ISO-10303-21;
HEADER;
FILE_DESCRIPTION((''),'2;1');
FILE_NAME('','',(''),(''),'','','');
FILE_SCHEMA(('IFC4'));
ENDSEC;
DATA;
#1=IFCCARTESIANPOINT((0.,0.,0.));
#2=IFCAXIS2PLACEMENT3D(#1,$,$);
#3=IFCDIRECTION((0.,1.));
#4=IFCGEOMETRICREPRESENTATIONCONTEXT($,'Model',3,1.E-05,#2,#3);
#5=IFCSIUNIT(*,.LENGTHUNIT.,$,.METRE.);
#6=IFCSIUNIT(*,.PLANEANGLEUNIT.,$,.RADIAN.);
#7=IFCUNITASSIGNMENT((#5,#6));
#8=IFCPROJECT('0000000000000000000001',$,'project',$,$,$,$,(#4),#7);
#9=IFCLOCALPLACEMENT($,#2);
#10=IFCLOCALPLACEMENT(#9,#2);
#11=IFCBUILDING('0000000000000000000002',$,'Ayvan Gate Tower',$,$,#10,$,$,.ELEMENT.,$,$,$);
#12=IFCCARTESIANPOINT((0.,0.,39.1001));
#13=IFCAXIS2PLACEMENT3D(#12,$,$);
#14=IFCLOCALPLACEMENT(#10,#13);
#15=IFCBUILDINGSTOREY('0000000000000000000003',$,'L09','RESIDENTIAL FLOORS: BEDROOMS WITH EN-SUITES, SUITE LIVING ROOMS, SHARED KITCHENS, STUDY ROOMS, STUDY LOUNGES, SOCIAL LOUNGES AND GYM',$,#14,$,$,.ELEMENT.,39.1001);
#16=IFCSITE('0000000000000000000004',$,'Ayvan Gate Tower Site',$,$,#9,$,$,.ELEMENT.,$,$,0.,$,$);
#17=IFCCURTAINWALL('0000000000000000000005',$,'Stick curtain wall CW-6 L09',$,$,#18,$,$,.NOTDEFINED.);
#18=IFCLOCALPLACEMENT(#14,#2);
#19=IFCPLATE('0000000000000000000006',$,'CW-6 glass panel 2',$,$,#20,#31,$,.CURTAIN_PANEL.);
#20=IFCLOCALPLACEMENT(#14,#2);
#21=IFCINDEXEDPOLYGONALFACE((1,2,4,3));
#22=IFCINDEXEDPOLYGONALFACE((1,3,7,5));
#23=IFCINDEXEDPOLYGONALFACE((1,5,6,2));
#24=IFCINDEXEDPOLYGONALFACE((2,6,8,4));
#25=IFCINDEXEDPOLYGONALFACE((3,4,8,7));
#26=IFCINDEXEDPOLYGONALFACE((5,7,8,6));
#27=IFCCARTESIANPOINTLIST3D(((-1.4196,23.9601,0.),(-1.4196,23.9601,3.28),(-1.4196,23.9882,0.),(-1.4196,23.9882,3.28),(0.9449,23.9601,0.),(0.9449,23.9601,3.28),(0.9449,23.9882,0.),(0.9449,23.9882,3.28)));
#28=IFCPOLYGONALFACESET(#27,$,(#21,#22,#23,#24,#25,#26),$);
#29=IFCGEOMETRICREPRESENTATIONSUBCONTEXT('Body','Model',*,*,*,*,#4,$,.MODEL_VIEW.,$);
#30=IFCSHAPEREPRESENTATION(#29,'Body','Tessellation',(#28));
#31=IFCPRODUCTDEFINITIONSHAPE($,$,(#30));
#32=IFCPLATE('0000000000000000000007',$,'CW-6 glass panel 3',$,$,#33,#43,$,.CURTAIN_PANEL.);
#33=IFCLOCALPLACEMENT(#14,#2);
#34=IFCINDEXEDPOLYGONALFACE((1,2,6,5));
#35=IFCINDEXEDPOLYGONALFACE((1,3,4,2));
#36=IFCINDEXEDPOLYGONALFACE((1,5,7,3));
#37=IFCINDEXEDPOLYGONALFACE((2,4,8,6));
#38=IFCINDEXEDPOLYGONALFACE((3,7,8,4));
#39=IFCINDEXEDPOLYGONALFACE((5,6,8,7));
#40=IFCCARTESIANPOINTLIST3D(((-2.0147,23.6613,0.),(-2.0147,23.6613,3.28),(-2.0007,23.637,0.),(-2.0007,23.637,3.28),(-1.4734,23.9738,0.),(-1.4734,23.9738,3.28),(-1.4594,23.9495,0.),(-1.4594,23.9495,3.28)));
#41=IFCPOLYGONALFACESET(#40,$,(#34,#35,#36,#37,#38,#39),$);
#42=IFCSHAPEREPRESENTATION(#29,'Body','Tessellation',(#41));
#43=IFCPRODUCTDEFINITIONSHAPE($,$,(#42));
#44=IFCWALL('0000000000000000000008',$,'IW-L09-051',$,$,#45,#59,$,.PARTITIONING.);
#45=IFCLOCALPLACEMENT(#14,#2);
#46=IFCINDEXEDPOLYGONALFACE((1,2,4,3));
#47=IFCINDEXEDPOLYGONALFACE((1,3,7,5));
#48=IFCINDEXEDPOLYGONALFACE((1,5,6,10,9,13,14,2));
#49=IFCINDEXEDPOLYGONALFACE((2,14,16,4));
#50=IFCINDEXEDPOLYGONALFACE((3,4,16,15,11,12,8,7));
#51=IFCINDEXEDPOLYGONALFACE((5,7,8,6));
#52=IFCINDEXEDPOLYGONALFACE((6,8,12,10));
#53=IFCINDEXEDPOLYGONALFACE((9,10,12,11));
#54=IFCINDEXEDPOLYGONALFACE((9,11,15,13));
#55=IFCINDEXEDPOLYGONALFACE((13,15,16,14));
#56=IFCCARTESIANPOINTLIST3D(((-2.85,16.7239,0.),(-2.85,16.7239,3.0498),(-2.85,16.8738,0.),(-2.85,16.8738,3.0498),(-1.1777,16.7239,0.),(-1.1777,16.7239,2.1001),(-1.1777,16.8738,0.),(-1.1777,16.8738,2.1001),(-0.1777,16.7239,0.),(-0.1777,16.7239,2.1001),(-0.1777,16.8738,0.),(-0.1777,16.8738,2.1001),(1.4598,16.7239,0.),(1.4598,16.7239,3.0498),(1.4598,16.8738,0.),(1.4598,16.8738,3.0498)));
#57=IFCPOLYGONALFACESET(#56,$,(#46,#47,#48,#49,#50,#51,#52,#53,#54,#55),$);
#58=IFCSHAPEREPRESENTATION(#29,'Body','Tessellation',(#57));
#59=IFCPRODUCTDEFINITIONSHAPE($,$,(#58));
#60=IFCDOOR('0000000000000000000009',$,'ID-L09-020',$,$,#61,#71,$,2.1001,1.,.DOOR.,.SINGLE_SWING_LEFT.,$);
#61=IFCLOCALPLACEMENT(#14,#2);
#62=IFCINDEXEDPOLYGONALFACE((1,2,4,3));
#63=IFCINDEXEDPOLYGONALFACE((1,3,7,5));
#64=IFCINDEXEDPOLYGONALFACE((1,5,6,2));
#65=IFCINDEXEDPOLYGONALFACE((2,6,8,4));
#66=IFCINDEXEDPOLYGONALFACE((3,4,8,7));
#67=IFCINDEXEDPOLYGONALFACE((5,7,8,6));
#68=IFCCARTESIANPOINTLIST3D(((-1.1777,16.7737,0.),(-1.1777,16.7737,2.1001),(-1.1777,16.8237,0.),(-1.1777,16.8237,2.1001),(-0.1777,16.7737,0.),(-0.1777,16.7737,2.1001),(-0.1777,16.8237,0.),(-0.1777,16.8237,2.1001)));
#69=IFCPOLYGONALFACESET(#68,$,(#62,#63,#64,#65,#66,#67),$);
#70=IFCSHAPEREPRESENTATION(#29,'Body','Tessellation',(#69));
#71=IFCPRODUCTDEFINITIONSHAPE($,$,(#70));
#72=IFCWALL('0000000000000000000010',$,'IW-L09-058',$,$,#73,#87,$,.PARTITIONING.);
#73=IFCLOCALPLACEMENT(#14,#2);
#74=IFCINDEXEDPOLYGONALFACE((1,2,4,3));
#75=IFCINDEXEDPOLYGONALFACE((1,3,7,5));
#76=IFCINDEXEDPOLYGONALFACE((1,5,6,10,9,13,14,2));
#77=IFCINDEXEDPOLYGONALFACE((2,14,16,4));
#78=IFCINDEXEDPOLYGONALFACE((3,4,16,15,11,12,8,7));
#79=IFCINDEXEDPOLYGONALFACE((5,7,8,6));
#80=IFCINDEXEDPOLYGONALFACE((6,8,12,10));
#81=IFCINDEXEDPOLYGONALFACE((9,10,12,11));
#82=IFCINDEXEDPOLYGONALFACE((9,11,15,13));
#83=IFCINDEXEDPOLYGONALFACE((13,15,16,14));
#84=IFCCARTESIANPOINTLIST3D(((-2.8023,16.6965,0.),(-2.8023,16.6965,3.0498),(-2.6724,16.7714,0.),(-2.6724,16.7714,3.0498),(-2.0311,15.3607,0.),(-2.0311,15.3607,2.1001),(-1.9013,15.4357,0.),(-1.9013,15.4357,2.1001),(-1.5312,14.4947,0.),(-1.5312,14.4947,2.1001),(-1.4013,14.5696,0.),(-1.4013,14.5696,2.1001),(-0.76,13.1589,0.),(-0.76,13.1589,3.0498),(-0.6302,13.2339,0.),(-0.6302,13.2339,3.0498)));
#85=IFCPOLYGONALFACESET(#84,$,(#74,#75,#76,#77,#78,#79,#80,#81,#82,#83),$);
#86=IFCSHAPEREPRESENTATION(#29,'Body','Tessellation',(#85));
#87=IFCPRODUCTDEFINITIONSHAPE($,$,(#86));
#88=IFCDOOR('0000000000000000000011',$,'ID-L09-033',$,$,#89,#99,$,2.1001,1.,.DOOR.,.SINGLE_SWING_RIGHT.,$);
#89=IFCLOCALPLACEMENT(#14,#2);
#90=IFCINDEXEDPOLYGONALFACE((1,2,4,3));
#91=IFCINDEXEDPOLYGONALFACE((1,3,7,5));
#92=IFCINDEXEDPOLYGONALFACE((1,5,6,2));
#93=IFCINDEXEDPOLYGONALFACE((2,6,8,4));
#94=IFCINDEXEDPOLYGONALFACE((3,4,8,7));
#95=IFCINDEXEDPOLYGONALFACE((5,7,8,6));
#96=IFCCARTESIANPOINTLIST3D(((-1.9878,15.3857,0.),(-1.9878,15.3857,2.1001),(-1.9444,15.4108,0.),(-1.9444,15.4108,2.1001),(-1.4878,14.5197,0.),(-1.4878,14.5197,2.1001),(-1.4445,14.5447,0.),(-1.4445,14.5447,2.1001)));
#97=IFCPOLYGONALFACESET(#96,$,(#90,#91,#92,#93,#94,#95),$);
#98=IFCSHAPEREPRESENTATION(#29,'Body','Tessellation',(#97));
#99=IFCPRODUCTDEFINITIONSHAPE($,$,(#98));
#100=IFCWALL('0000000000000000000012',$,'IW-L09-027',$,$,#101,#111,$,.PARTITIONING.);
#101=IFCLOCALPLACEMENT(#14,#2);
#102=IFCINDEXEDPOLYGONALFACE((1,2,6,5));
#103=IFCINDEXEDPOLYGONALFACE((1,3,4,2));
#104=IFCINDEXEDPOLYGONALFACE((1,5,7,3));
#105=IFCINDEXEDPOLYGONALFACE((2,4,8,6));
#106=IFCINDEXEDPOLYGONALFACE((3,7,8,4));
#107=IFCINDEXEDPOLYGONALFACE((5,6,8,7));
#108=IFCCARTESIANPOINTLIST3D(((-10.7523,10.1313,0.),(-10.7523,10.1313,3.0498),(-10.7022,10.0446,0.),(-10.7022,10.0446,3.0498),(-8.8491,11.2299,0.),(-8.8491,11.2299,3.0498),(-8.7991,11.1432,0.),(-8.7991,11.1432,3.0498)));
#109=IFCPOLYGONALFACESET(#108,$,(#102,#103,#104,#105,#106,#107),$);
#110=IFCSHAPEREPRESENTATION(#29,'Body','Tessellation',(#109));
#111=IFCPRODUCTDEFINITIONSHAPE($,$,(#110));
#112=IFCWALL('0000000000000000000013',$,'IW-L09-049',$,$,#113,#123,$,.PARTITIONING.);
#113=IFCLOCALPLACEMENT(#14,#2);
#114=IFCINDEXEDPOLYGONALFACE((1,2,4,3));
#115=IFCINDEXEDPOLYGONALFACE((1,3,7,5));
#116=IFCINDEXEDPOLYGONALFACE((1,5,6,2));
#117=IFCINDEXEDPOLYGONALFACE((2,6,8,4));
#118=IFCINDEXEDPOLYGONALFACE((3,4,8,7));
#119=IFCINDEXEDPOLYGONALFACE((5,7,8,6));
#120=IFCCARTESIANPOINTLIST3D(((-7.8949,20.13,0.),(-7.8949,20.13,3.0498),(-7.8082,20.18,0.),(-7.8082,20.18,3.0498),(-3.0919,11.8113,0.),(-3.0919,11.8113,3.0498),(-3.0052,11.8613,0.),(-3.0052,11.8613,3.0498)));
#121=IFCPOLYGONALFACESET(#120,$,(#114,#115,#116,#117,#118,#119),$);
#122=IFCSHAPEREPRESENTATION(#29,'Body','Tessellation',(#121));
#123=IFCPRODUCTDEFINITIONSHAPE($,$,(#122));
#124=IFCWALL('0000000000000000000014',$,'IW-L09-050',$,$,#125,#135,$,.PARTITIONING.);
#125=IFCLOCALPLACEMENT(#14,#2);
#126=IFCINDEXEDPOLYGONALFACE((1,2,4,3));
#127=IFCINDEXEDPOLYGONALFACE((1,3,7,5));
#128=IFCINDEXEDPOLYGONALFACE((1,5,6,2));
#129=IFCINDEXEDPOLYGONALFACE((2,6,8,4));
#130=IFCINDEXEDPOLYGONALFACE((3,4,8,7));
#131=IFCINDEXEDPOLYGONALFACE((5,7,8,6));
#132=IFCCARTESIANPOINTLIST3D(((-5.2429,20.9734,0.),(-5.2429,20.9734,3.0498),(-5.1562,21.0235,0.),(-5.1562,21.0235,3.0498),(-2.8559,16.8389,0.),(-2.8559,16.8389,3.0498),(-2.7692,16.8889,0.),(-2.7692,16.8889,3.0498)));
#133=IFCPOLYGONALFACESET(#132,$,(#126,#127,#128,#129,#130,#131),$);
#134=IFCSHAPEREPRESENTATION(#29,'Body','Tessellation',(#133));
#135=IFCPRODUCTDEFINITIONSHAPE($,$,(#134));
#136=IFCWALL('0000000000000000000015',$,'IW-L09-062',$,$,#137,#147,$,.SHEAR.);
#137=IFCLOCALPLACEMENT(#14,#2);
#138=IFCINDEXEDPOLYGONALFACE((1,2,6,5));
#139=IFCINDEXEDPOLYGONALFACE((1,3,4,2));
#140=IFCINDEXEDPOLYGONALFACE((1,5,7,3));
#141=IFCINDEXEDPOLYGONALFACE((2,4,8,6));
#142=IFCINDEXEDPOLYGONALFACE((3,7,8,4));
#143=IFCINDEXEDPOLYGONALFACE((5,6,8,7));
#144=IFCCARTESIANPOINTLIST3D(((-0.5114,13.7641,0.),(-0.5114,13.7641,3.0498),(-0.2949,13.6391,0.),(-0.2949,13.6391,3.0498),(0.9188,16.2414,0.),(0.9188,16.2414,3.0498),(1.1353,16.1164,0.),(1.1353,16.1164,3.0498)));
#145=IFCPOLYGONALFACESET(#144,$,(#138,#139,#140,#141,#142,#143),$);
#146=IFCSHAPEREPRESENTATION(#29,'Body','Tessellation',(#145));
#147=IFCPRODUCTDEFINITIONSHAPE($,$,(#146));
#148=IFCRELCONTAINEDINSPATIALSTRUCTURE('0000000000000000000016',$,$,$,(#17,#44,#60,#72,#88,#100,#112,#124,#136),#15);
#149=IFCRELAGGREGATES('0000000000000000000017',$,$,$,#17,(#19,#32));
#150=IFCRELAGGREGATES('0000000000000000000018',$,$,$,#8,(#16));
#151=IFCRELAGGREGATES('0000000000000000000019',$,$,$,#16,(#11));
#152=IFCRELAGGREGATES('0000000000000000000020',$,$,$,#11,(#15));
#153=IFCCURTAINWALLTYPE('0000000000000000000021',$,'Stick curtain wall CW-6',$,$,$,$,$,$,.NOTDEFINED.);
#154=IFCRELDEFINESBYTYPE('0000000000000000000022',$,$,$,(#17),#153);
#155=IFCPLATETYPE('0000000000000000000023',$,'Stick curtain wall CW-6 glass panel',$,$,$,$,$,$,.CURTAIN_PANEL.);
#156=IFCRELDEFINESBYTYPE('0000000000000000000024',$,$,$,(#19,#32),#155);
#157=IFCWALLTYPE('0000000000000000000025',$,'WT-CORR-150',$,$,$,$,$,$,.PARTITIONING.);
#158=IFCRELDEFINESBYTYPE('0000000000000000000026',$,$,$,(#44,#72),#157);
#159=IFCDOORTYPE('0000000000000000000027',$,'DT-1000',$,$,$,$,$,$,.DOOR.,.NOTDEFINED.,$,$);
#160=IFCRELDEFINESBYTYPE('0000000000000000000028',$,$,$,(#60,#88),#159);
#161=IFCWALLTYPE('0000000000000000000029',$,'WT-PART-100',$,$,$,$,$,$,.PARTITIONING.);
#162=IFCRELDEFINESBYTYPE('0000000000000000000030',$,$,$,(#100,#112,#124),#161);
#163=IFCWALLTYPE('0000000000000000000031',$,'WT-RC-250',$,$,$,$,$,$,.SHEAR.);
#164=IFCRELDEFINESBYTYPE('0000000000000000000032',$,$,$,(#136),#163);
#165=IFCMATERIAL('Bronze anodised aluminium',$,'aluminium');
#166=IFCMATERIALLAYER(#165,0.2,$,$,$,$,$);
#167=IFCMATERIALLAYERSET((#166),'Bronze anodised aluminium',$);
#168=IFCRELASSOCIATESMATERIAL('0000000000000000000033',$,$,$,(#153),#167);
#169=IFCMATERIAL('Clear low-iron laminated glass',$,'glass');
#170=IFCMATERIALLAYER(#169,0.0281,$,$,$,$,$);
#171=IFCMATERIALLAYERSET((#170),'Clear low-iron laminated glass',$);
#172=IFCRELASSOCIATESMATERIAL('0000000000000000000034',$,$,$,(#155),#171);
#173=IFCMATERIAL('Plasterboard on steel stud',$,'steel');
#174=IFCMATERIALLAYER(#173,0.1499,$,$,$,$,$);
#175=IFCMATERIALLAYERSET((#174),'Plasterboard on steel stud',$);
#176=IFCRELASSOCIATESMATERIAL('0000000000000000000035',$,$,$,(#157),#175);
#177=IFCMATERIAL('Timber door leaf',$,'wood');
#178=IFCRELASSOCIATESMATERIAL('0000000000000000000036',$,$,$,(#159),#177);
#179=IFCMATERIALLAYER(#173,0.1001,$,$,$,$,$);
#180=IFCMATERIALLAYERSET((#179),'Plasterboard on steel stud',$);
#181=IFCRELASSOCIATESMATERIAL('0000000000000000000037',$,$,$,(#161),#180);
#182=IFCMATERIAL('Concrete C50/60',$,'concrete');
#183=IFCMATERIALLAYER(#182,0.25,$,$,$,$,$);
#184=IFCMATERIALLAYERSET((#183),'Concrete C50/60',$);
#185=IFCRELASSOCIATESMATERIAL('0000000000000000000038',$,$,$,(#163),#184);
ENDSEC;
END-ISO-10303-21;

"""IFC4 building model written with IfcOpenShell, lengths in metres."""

from ifc_helpers import new_model, si_unit, direction, frame, frame_2d, origin, origin_2d, place, context, subcontext, project, spatial, rectangle, extrude, material, layer, layer_set, type_object, element, fill, aggregate, save


model = new_model("IFC4")

# Units and contexts
model_context = context("Model", 3, precision=1e-05, world=origin(), true_north=direction((0.0, 1.0)))
body_context = subcontext(model_context, "Body", "Model", "MODEL_VIEW")
ifc_project = project(units=[si_unit("LENGTHUNIT", "METRE"), si_unit("PLANEANGLEUNIT", "RADIAN")], contexts=[model_context])

# Site, building, storey
site_placement = place(None, origin())
site = spatial("IfcSite", under=ifc_project, at=site_placement, Name="Ayvan Gate Tower Site", CompositionType="ELEMENT", RefElevation=0.0)
building_placement = place(site_placement, origin())
building = spatial("IfcBuilding", under=site, at=building_placement, Name="Ayvan Gate Tower", CompositionType="ELEMENT")
storey_placement = place(building_placement, frame((0.0, 0.0, 39.1001)))
storey = spatial("IfcBuildingStorey", under=building, at=storey_placement, Name="L09", Description="RESIDENTIAL FLOORS: BEDROOMS WITH EN-SUITES, SUITE LIVING ROOMS, SHARED KITCHENS, STUDY ROOMS, STUDY LOUNGES, SOCIAL LOUNGES AND GYM", CompositionType="ELEMENT", Elevation=39.1001)

# Curtain wall
ifc_material_1 = material(Name="Bronze anodised aluminium", Category="aluminium")
ifc_layer_1 = layer(ifc_material_1, 0.2)
ifc_layer_set_1 = layer_set([ifc_layer_1], Name="Bronze anodised aluminium")
curtain_wall_type_1 = type_object("IfcCurtainWallType", Name="Stick curtain wall CW-6", PredefinedType="NOTDEFINED", material=ifc_layer_set_1)
curtain_wall_1_placement = place(storey_placement, origin())
curtain_wall_1 = element("IfcCurtainWall", 1, at=curtain_wall_1_placement, inside=storey, type_object=curtain_wall_type_1, Name="Stick curtain wall CW-6 L09", PredefinedType="NOTDEFINED")

# Plates
ifc_material_2 = material(Name="Clear low-iron laminated glass", Category="glass")
ifc_layer_2 = layer(ifc_material_2, 0.0281)
ifc_layer_set_2 = layer_set([ifc_layer_2], Name="Clear low-iron laminated glass")
plate_type_1 = type_object("IfcPlateType", Name="Stick curtain wall CW-6 glass panel", PredefinedType="CURTAIN_PANEL", material=ifc_layer_set_2)
plate_1_placement = place(storey_placement, frame((-0.2373, 23.9741, 0.0), z_axis=(0.0, 0.0, 1.0), x_axis=(-1.0, 0.0, 0.0)))
plate_1 = element("IfcPlate", 2, at=plate_1_placement, type_object=plate_type_1, Name="CW-6 glass panel 2", PredefinedType="CURTAIN_PANEL", context=body_context, shape_type="SweptSolid", body=[
    extrude(rectangle(XDim=2.3645, YDim=0.0281, at=origin_2d()), origin(), (0.0, 0.0, 1.0), 3.28),
])
plate_2_placement = place(storey_placement, frame((-1.7371, 23.8054, 0.0), z_axis=(0.0, 0.0, 1.0), x_axis=(-0.866025, -0.5, 0.0)))
plate_2 = element("IfcPlate", 3, at=plate_2_placement, type_object=plate_type_1, Name="CW-6 glass panel 3", PredefinedType="CURTAIN_PANEL", context=body_context, shape_type="SweptSolid", body=[
    extrude(rectangle(XDim=0.625, YDim=0.0281, at=origin_2d()), origin(), (0.0, 0.0, 1.0), 3.28),
])
aggregate(curtain_wall_1, [plate_1, plate_2])

# Walls, openings, doors
ifc_material_3 = material(Name="Plasterboard on steel stud", Category="steel")
ifc_layer_3 = layer(ifc_material_3, 0.1499)
ifc_layer_set_3 = layer_set([ifc_layer_3], Name="Plasterboard on steel stud")
wall_type_1 = type_object("IfcWallType", Name="WT-CORR-150", PredefinedType="PARTITIONING", material=ifc_layer_set_3)
wall_1_placement = place(storey_placement, frame((-2.8499, 16.7988, 0.0), z_axis=(0.0, 0.0, 1.0), x_axis=(1.0, 0.0, 0.0)))
wall_1 = element("IfcWall", 4, at=wall_1_placement, inside=storey, type_object=wall_type_1, Name="IW-L09-051", PredefinedType="PARTITIONING", context=body_context, shape_type="SweptSolid", body=[
    extrude(rectangle(XDim=4.3098, YDim=0.1499, at=frame_2d((2.1548, 0.0))), origin(), (0.0, 0.0, 1.0), 3.0498),
])
opening_1_placement = place(wall_1_placement, frame((1.6721, 0.0, 0.0)))
opening_1 = element("IfcOpeningElement", 5, at=opening_1_placement, cuts=wall_1, PredefinedType="OPENING", context=body_context, shape_type="SweptSolid", body=[
    extrude(rectangle(XDim=1.0, YDim=2.1001, at=frame_2d((0.5, 1.05))), frame((0.0, 0.085, 0.0), z_axis=(0.0, -1.0, 0.0), x_axis=(1.0, 0.0, 0.0)), (0.0, 0.0, 1.0), 0.1699),
])
ifc_material_4 = material(Name="Timber door leaf", Category="wood")
door_type_1 = type_object("IfcDoorType", Name="DT-1000", OperationType="NOTDEFINED", PredefinedType="DOOR", material=ifc_material_4)
door_1_placement = place(opening_1_placement, origin())
door_1 = element("IfcDoor", 6, at=door_1_placement, inside=storey, type_object=door_type_1, Name="ID-L09-020", OperationType="SINGLE_SWING_LEFT", OverallHeight=2.1001, OverallWidth=1.0, PredefinedType="DOOR", context=body_context, shape_type="SweptSolid", body=[
    extrude(rectangle(XDim=1.0, YDim=2.1001, at=frame_2d((0.5, 1.05))), frame((0.0, 0.0249, 0.0), z_axis=(0.0, -1.0, 0.0), x_axis=(1.0, 0.0, 0.0)), (0.0, 0.0, 1.0), 0.05),
])
fill(opening_1, door_1)
wall_2_placement = place(storey_placement, frame((-0.6951, 13.1963, 0.0), z_axis=(0.0, 0.0, 1.0), x_axis=(-0.499964, 0.866046, 0.0)))
wall_2 = element("IfcWall", 7, at=wall_2_placement, inside=storey, type_object=wall_type_1, Name="IW-L09-058", PredefinedType="PARTITIONING", context=body_context, shape_type="SweptSolid", body=[
    extrude(rectangle(XDim=4.0847, YDim=0.1499, at=frame_2d((2.0425, 0.0))), origin(), (0.0, 0.0, 1.0), 3.0498),
])
opening_2_placement = place(wall_2_placement, frame((1.5425, 0.0, 0.0)))
opening_2 = element("IfcOpeningElement", 8, at=opening_2_placement, cuts=wall_2, PredefinedType="OPENING", context=body_context, shape_type="SweptSolid", body=[
    extrude(rectangle(XDim=1.0, YDim=2.1001, at=frame_2d((0.5, 1.05))), frame((0.0, 0.085, 0.0), z_axis=(0.0, -1.0, 0.0), x_axis=(1.0, 0.0, 0.0)), (0.0, 0.0, 1.0), 0.1699),
])
door_2_placement = place(opening_2_placement, origin())
door_2 = element("IfcDoor", 9, at=door_2_placement, inside=storey, type_object=door_type_1, Name="ID-L09-033", OperationType="SINGLE_SWING_RIGHT", OverallHeight=2.1001, OverallWidth=1.0, PredefinedType="DOOR", context=body_context, shape_type="SweptSolid", body=[
    extrude(rectangle(XDim=1.0, YDim=2.1001, at=frame_2d((0.5, 1.05))), frame((0.0, 0.0249, 0.0), z_axis=(0.0, -1.0, 0.0), x_axis=(1.0, 0.0, 0.0)), (0.0, 0.0, 1.0), 0.05),
])
fill(opening_2, door_2)

# Walls
ifc_layer_4 = layer(ifc_material_3, 0.1001)
ifc_layer_set_4 = layer_set([ifc_layer_4], Name="Plasterboard on steel stud")
wall_type_2 = type_object("IfcWallType", Name="WT-PART-100", PredefinedType="PARTITIONING", material=ifc_layer_set_4)
wall_3_placement = place(storey_placement, frame((-8.8242, 11.1865, 0.0), z_axis=(0.0, 0.0, 1.0), x_axis=(-0.866047, -0.499963, 0.0)))
element("IfcWall", 10, at=wall_3_placement, inside=storey, type_object=wall_type_2, Name="IW-L09-027", PredefinedType="PARTITIONING", context=body_context, shape_type="SweptSolid", body=[
    extrude(rectangle(XDim=2.1975, YDim=0.1001, at=frame_2d((1.0986, 0.0))), origin(), (0.0, 0.0, 1.0), 3.0498),
])
wall_4_placement = place(storey_placement, frame((-3.0486, 11.8364, 0.0), z_axis=(0.0, 0.0, 1.0), x_axis=(-0.500018, 0.866015, 0.0)))
element("IfcWall", 11, at=wall_4_placement, inside=storey, type_object=wall_type_2, Name="IW-L09-049", PredefinedType="PARTITIONING", context=body_context, shape_type="SweptSolid", body=[
    extrude(rectangle(XDim=9.6057, YDim=0.1001, at=frame_2d((4.8027, 0.0))), origin(), (0.0, 0.0, 1.0), 3.0498),
])
wall_5_placement = place(storey_placement, frame((-2.8125, 16.8638, 0.0), z_axis=(0.0, 0.0, 1.0), x_axis=(-0.499984, 0.866035, 0.0)))
element("IfcWall", 12, at=wall_5_placement, inside=storey, type_object=wall_type_2, Name="IW-L09-050", PredefinedType="PARTITIONING", context=body_context, shape_type="SweptSolid", body=[
    extrude(rectangle(XDim=4.7742, YDim=0.1001, at=frame_2d((2.3872, 0.0))), origin(), (0.0, 0.0, 1.0), 3.0498),
])
ifc_material_5 = material(Name="Concrete C50/60", Category="concrete")
ifc_layer_5 = layer(ifc_material_5, 0.25)
ifc_layer_set_5 = layer_set([ifc_layer_5], Name="Concrete C50/60")
wall_type_3 = type_object("IfcWallType", Name="WT-RC-250", PredefinedType="SHEAR", material=ifc_layer_set_5)
wall_6_placement = place(storey_placement, frame((-0.4031, 13.7017, 0.0), z_axis=(0.0, 0.0, 1.0), x_axis=(0.499976, 0.866039, 0.0)))
element("IfcWall", 13, at=wall_6_placement, inside=storey, type_object=wall_type_3, Name="IW-L09-062", PredefinedType="SHEAR", context=body_context, shape_type="SweptSolid", body=[
    extrude(rectangle(XDim=2.8606, YDim=0.25, at=frame_2d((1.4302, 0.0))), origin(), (0.0, 0.0, 1.0), 3.0498),
])

save(model, "model.ifc")
